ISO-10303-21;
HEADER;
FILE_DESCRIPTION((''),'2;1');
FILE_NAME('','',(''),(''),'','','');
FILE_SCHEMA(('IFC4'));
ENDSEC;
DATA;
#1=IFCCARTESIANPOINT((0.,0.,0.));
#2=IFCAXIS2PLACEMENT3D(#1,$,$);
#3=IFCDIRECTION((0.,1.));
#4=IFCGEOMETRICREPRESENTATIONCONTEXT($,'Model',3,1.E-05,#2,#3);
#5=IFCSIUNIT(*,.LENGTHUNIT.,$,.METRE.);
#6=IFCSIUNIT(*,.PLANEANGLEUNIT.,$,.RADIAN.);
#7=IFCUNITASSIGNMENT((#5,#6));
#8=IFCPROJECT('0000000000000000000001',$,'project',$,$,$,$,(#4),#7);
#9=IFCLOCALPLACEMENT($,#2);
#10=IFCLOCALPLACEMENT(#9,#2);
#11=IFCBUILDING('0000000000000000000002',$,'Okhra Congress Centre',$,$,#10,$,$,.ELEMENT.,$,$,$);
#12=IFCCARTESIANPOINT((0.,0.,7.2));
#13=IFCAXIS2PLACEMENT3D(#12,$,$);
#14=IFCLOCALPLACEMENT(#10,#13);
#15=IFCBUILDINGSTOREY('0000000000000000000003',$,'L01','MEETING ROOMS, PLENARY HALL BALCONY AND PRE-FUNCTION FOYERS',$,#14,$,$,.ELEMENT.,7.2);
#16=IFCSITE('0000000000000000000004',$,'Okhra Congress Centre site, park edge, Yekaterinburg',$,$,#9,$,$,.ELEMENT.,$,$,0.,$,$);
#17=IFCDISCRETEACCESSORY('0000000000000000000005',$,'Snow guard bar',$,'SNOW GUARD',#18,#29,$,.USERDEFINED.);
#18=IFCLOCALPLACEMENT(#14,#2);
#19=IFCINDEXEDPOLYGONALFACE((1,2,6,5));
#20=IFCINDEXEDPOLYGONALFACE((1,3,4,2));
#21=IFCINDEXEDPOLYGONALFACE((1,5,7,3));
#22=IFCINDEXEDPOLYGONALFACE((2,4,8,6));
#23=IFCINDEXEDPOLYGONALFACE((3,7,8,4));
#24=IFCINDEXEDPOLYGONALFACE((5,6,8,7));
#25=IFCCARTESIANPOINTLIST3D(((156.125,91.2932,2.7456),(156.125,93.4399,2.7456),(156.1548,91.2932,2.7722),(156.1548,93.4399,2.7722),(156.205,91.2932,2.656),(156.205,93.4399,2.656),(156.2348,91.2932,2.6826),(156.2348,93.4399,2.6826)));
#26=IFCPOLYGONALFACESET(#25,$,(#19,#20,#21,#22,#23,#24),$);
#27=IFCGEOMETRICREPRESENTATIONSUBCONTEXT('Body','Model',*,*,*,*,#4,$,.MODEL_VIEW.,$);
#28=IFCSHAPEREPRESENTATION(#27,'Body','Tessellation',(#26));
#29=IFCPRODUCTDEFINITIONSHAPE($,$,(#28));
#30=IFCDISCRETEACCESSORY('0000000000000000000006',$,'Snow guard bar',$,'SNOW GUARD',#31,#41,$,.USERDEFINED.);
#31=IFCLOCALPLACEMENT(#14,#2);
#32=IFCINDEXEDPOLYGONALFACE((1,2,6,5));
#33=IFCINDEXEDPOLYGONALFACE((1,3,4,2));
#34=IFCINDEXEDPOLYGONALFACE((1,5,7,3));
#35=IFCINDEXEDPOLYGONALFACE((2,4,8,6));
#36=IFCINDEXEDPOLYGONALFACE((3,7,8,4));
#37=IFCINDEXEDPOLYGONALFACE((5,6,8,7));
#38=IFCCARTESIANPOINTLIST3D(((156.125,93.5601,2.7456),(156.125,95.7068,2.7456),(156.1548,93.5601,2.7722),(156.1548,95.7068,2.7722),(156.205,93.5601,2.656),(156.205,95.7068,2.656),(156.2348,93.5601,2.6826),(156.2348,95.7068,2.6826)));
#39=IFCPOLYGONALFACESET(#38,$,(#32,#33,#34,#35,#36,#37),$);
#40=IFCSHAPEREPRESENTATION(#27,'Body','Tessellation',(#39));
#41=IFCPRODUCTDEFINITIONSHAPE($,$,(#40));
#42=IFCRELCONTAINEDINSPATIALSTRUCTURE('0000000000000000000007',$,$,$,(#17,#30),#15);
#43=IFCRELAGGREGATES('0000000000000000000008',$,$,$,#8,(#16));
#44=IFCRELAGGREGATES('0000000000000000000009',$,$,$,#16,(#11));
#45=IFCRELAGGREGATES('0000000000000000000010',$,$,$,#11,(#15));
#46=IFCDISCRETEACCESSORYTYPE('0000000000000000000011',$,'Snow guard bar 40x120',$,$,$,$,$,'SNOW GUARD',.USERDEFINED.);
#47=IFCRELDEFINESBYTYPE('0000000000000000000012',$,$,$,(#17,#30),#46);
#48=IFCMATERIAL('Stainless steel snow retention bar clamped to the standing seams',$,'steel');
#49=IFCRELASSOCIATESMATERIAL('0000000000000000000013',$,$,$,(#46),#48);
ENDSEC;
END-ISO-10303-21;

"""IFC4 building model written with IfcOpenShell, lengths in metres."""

from ifc_helpers import new_model, si_unit, direction, frame, origin, place, context, subcontext, project, spatial, polyline, outline, extrude, material, type_object, element, save


model = new_model("IFC4")

# Units and contexts
model_context = context("Model", 3, precision=1e-05, world=origin(), true_north=direction((0.0, 1.0)))
body_context = subcontext(model_context, "Body", "Model", "MODEL_VIEW")
ifc_project = project(units=[si_unit("LENGTHUNIT", "METRE"), si_unit("PLANEANGLEUNIT", "RADIAN")], contexts=[model_context])

# Site, building, storey
site_placement = place(None, origin())
site = spatial("IfcSite", under=ifc_project, at=site_placement, Name="Okhra Congress Centre site, park edge, Yekaterinburg", CompositionType="ELEMENT", RefElevation=0.0)
building_placement = place(site_placement, origin())
building = spatial("IfcBuilding", under=site, at=building_placement, Name="Okhra Congress Centre", CompositionType="ELEMENT")
storey_placement = place(building_placement, frame((0.0, 0.0, 7.2)))
storey = spatial("IfcBuildingStorey", under=building, at=storey_placement, Name="L01", Description="MEETING ROOMS, PLENARY HALL BALCONY AND PRE-FUNCTION FOYERS", CompositionType="ELEMENT", Elevation=7.2)

# Discrete accessories
ifc_material_1 = material(Name="Stainless steel snow retention bar clamped to the standing seams", Category="steel")
discrete_accessory_type_1 = type_object("IfcDiscreteAccessoryType", Name="Snow guard bar 40x120", ElementType="SNOW GUARD", PredefinedType="USERDEFINED", material=ifc_material_1)
for number, where, z_axis, x_axis, name in (
    (1, (156.125, 91.2932, 2.7456), (-0.666259, 0.0, 0.745721), (0.745721, 0.0, 0.666259), "Snow guard bar"),
    (2, (156.125, 93.5601, 2.7456), (-0.666259, 0.0, 0.745721), (0.745721, 0.0, 0.666259), "Snow guard bar"),
):
    element("IfcDiscreteAccessory", number, at=place(storey_placement, frame(where, z_axis=z_axis, x_axis=x_axis)), inside=storey, type_object=discrete_accessory_type_1, Name=name, ObjectType="SNOW GUARD", PredefinedType="USERDEFINED", context=body_context, shape_type="SweptSolid", body=[
        extrude(outline(polyline([(0.0, 0.0), (0.0399, 0.0), (0.0399, 2.1467), (0.0, 2.1467), (0.0, 0.0)])), origin(), (0.0, 0.0, -1.0), 0.1201),
    ])

save(model, "model.ifc")
